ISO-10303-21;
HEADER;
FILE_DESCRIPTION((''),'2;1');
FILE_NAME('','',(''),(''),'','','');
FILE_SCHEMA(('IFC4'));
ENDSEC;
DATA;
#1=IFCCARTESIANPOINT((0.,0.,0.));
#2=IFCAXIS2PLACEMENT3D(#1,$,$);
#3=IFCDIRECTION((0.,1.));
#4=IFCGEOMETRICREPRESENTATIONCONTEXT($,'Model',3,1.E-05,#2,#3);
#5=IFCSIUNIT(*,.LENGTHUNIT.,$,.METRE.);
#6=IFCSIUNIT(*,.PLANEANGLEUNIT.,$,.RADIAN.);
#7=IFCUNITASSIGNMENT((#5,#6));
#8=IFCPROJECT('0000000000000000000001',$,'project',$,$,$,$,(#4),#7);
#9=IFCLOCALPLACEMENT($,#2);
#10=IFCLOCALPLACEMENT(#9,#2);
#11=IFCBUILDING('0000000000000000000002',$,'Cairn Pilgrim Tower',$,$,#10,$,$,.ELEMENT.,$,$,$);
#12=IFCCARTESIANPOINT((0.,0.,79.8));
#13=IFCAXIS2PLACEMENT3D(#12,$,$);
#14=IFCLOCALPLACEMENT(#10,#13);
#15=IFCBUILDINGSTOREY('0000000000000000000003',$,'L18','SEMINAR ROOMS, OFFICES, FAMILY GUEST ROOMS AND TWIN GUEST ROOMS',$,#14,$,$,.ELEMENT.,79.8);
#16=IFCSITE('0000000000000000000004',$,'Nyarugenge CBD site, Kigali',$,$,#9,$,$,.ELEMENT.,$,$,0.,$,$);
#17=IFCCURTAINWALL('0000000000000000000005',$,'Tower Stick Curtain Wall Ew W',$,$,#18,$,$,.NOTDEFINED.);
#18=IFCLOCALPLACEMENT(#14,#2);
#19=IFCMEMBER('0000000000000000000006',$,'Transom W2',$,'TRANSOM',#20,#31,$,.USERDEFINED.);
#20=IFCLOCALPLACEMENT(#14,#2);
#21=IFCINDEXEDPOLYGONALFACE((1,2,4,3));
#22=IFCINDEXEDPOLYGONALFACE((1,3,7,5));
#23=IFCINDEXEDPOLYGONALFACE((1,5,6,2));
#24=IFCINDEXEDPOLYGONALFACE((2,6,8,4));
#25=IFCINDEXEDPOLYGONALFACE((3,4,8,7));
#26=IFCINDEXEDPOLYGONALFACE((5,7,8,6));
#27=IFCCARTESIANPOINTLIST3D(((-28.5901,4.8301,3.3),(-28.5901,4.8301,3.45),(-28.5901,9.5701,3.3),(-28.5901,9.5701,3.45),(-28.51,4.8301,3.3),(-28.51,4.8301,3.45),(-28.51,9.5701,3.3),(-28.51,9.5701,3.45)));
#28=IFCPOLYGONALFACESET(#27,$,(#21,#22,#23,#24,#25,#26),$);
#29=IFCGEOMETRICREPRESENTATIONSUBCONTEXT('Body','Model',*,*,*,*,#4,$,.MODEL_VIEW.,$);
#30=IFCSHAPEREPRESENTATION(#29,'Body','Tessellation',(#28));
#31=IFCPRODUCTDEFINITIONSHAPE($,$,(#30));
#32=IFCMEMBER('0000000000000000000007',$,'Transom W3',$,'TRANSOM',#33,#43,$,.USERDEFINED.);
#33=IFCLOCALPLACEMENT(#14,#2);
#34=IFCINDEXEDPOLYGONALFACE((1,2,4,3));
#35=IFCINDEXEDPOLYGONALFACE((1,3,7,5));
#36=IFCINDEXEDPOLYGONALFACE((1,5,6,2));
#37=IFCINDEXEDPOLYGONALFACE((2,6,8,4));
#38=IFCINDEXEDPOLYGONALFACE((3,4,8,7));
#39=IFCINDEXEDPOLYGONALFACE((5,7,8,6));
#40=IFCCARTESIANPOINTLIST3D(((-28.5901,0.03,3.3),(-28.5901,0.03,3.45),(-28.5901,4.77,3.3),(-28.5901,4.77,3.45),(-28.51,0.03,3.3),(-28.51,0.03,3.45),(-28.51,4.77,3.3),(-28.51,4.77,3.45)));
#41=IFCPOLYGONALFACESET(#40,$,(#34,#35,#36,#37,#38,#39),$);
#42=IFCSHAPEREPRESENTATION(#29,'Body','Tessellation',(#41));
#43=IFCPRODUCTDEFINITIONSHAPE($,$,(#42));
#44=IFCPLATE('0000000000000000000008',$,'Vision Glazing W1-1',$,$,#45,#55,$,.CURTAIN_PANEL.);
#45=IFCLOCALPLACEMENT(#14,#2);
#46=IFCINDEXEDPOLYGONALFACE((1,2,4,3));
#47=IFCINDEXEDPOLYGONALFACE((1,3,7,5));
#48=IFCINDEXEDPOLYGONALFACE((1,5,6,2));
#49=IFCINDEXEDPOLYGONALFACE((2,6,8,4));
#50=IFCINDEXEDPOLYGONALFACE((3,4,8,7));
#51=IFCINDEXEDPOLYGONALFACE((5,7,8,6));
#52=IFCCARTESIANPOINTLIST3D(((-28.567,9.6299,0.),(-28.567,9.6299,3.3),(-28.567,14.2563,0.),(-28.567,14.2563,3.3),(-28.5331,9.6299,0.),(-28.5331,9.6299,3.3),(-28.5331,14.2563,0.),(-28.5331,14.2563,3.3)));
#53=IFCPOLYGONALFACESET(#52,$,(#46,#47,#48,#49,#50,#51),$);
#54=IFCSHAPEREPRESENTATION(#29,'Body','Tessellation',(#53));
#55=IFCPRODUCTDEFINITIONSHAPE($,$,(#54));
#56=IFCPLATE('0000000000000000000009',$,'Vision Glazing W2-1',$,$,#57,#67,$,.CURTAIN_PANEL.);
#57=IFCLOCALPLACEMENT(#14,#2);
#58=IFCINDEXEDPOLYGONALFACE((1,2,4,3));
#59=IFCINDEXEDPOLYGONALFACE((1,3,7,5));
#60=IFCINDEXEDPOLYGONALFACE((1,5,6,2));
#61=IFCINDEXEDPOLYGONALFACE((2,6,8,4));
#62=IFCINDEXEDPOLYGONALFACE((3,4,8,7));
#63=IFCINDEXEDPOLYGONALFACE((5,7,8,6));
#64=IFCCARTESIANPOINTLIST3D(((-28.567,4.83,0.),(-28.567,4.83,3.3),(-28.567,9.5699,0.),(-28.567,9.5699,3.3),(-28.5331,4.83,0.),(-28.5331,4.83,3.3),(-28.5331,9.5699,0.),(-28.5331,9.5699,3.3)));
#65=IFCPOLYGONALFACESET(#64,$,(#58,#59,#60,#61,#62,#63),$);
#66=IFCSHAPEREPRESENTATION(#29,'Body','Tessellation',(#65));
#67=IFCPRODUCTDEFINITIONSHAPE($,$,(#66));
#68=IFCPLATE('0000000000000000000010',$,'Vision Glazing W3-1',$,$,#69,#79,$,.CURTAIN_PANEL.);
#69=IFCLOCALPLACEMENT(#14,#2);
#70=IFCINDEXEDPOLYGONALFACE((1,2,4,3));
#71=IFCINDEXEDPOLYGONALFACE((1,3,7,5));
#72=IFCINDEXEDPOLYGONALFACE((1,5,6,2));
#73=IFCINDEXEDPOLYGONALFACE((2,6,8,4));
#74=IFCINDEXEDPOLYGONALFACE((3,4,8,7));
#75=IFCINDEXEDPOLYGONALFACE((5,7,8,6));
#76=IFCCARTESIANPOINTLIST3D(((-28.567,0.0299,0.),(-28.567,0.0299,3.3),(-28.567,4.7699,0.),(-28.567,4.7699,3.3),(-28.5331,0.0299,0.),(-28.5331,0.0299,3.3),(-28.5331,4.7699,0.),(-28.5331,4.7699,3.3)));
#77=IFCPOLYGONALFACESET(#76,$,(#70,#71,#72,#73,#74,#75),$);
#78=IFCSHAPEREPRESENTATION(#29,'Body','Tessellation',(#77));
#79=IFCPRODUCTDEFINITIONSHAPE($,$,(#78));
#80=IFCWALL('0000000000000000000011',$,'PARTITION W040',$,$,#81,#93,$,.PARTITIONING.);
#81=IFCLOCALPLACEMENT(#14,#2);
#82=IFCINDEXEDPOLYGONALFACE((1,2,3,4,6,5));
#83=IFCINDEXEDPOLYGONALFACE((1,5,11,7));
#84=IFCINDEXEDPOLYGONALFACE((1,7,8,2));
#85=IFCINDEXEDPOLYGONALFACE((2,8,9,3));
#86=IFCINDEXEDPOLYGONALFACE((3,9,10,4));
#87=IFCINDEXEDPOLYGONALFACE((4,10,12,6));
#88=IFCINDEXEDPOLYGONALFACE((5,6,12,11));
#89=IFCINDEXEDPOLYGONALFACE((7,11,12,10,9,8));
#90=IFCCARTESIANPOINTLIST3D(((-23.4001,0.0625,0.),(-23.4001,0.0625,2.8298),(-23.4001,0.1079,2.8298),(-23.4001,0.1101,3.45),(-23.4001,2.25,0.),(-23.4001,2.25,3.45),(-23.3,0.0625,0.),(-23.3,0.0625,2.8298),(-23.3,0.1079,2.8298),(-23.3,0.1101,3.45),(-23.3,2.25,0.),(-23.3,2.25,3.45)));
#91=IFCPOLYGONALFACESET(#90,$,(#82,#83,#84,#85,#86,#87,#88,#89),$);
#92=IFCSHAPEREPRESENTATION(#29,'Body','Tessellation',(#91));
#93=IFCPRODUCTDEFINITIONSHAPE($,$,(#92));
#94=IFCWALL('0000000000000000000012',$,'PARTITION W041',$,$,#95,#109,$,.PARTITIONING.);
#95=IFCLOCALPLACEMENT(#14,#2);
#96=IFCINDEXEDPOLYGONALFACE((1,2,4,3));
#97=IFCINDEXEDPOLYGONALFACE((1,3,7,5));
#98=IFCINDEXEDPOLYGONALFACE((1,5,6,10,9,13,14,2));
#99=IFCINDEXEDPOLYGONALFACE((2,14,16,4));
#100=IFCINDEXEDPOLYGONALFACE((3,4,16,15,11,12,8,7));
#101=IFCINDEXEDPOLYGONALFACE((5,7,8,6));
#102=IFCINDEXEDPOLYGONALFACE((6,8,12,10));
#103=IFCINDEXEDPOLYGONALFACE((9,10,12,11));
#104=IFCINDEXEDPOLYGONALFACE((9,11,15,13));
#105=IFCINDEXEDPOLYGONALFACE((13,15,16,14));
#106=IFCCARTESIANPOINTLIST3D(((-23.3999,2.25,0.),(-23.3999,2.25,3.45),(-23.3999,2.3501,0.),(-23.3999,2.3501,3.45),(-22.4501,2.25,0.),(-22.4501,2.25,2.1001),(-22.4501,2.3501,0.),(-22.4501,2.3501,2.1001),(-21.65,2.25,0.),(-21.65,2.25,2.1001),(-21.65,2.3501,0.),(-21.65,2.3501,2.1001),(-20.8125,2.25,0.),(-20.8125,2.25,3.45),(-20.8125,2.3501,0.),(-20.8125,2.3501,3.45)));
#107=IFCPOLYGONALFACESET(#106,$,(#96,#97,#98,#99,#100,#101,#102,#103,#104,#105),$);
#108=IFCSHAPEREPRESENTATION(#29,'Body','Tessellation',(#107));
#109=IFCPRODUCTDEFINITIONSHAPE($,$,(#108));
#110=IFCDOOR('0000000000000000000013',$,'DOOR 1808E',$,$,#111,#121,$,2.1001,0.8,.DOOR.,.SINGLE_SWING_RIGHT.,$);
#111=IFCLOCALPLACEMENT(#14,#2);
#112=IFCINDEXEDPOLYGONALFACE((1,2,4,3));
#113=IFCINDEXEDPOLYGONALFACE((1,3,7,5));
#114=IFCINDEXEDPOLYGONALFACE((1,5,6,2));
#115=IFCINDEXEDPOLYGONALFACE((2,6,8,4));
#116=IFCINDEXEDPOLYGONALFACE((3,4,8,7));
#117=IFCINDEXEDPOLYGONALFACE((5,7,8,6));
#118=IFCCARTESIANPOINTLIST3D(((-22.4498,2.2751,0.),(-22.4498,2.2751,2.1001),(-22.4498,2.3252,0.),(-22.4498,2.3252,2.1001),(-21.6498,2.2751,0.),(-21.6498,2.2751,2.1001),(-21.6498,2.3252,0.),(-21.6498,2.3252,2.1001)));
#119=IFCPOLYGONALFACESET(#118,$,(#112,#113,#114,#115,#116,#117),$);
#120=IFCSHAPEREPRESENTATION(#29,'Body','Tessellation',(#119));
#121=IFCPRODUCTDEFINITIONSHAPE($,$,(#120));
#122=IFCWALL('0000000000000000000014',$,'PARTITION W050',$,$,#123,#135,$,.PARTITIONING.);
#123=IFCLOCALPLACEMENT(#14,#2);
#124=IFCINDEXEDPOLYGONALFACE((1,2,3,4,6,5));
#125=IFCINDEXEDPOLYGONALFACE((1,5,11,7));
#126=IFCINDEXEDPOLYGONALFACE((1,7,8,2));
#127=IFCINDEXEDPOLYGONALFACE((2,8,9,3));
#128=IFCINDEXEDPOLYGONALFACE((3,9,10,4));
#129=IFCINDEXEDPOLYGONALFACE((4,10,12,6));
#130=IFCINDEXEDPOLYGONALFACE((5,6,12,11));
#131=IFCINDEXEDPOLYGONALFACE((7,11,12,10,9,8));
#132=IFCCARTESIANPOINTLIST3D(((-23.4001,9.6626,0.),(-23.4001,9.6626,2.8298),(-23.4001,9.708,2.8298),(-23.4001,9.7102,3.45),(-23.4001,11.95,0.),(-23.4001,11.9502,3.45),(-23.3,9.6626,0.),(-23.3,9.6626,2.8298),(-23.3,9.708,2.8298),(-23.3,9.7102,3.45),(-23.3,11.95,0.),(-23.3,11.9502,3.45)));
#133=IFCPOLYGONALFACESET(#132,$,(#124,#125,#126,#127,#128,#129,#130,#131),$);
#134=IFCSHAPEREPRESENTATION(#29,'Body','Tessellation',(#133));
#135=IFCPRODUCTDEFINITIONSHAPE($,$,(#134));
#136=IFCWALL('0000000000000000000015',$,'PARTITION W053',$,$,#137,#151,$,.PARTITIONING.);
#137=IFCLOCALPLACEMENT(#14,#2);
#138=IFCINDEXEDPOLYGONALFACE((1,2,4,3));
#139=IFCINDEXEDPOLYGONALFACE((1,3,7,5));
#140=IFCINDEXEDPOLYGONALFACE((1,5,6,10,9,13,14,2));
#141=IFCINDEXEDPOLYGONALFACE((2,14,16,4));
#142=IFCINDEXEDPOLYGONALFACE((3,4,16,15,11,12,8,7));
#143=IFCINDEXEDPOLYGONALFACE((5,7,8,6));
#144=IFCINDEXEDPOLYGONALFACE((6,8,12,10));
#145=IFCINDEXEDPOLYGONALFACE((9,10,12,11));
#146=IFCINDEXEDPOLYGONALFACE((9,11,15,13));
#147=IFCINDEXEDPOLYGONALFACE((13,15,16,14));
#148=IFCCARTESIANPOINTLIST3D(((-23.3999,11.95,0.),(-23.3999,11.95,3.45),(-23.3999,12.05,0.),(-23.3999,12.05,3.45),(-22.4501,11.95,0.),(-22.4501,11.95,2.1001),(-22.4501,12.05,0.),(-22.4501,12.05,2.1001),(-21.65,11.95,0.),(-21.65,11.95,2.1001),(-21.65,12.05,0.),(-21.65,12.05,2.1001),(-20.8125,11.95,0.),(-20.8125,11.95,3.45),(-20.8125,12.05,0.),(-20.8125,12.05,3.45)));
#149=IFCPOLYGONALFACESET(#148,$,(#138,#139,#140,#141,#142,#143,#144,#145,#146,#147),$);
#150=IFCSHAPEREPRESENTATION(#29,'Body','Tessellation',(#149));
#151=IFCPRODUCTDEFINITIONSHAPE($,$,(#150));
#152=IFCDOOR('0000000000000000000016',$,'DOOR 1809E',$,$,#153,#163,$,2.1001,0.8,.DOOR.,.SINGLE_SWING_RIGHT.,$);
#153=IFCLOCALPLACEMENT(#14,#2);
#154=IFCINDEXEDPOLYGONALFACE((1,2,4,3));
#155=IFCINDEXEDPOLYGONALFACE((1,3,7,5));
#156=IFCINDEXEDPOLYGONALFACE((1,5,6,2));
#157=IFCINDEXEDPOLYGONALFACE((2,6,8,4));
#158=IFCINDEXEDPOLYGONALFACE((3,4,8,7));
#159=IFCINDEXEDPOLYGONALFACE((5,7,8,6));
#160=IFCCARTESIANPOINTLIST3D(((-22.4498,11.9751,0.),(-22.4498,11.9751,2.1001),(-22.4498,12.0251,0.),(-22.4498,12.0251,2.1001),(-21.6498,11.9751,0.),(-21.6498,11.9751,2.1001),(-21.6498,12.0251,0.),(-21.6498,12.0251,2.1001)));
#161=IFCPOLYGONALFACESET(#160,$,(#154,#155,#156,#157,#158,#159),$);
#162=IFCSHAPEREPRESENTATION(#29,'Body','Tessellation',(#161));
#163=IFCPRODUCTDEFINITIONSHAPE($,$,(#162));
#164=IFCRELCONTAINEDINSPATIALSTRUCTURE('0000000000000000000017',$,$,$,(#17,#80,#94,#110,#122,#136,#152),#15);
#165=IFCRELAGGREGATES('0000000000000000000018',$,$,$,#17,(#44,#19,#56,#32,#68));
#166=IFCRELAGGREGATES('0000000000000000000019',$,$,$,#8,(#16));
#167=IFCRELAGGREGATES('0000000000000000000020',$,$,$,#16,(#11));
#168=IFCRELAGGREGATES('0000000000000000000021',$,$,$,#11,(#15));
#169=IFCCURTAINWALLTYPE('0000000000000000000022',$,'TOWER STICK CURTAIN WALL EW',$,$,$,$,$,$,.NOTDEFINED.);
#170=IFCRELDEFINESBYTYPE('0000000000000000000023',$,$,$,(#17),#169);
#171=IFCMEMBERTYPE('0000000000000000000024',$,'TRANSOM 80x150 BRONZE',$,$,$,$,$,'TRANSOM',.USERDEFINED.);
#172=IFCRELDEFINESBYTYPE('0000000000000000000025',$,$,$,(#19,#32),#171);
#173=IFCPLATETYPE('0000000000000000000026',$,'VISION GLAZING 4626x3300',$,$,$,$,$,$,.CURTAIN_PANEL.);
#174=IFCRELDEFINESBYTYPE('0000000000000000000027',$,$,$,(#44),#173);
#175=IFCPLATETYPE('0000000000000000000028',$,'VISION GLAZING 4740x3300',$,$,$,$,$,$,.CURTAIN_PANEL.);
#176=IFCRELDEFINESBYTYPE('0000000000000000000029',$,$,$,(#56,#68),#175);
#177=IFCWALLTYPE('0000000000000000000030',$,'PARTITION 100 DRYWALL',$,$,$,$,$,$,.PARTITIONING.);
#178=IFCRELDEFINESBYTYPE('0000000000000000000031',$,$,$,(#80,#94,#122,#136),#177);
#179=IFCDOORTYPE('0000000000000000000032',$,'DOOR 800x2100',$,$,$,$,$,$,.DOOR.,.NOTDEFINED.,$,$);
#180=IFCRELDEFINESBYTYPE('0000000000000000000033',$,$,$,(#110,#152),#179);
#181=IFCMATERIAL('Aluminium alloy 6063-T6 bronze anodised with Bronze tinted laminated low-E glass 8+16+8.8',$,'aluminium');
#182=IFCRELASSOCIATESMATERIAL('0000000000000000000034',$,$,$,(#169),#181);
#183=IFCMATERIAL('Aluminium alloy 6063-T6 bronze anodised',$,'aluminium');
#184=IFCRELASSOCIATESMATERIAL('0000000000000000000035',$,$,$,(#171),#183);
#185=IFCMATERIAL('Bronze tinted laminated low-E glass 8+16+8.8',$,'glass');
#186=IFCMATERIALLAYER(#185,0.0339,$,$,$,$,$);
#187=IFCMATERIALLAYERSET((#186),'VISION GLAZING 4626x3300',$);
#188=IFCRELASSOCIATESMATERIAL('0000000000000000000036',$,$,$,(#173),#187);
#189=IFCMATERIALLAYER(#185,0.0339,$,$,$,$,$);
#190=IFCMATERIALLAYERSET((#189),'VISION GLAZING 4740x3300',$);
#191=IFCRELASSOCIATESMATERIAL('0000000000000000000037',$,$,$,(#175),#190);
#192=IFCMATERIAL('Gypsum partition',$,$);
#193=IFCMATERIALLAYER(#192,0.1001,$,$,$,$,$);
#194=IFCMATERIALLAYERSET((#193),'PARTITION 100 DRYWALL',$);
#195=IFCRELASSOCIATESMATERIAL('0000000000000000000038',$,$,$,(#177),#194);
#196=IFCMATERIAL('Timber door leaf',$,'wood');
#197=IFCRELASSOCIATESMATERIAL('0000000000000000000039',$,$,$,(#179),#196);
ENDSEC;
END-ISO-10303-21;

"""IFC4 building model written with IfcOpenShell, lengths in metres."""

from ifc_helpers import new_model, si_unit, direction, frame, frame_2d, origin, origin_2d, place, context, subcontext, project, spatial, polyline, rectangle, outline, extrude, material, layer, layer_set, material_profile, profile_set, type_object, element, fill, aggregate, save


model = new_model("IFC4")

# Units and contexts
model_context = context("Model", 3, precision=1e-05, world=origin(), true_north=direction((0.0, 1.0)))
body_context = subcontext(model_context, "Body", "Model", "MODEL_VIEW")
ifc_project = project(units=[si_unit("LENGTHUNIT", "METRE"), si_unit("PLANEANGLEUNIT", "RADIAN")], contexts=[model_context])

# Site, building, storey
site_placement = place(None, origin())
site = spatial("IfcSite", under=ifc_project, at=site_placement, Name="Nyarugenge CBD site, Kigali", CompositionType="ELEMENT", RefElevation=0.0)
building_placement = place(site_placement, origin())
building = spatial("IfcBuilding", under=site, at=building_placement, Name="Cairn Pilgrim Tower", CompositionType="ELEMENT")
storey_placement = place(building_placement, frame((0.0, 0.0, 79.8)))
storey = spatial("IfcBuildingStorey", under=building, at=storey_placement, Name="L18", Description="SEMINAR ROOMS, OFFICES, FAMILY GUEST ROOMS AND TWIN GUEST ROOMS", CompositionType="ELEMENT", Elevation=79.8)

# Curtain wall
ifc_material_1 = material(Name="Aluminium alloy 6063-T6 bronze anodised with Bronze tinted laminated low-E glass 8+16+8.8", Category="aluminium")
curtain_wall_type = type_object("IfcCurtainWallType", Name="TOWER STICK CURTAIN WALL EW", PredefinedType="NOTDEFINED", material=ifc_material_1)
curtain_wall_placement = place(storey_placement, origin())
curtain_wall = element("IfcCurtainWall", 1, at=curtain_wall_placement, inside=storey, type_object=curtain_wall_type, Name="Tower Stick Curtain Wall Ew W", PredefinedType="NOTDEFINED")
ifc_material_2 = material(Name="Aluminium alloy 6063-T6 bronze anodised", Category="aluminium")

# Members
ifc_material_profile_1 = material_profile(ifc_material_2, rectangle(XDim=0.0801, YDim=0.1499, at=origin_2d()), Name="TRANSOM 80x150 BRONZE")
ifc_profile_set_1 = profile_set([ifc_material_profile_1], Name="Aluminium alloy 6063-T6 bronze anodised")
member_type_1 = type_object("IfcMemberType", Name="TRANSOM 80x150 BRONZE", ElementType="TRANSOM", PredefinedType="USERDEFINED", material=ifc_profile_set_1)
member_1_placement = place(storey_placement, frame((-28.55, 9.5701, 3.375), z_axis=(0.0, -1.0, 0.0), x_axis=(1.0, 0.0, 0.0)))
member_1 = element("IfcMember", 2, at=member_1_placement, type_object=member_type_1, Name="Transom W2", ObjectType="TRANSOM", PredefinedType="USERDEFINED", context=body_context, shape_type="SweptSolid", body=[
    extrude(rectangle(XDim=0.0801, YDim=0.1499, at=origin_2d()), origin(), (0.0, 0.0, 1.0), 4.74),
])
member_2_placement = place(storey_placement, frame((-28.55, 4.77, 3.375), z_axis=(0.0, -1.0, 0.0), x_axis=(1.0, 0.0, 0.0)))
member_2 = element("IfcMember", 3, at=member_2_placement, type_object=member_type_1, Name="Transom W3", ObjectType="TRANSOM", PredefinedType="USERDEFINED", context=body_context, shape_type="SweptSolid", body=[
    extrude(rectangle(XDim=0.0801, YDim=0.1499, at=origin_2d()), origin(), (0.0, 0.0, 1.0), 4.74),
])

# Plates
ifc_material_3 = material(Name="Bronze tinted laminated low-E glass 8+16+8.8", Category="glass")
ifc_layer_1 = layer(ifc_material_3, 0.0339)
ifc_layer_set_1 = layer_set([ifc_layer_1], Name="VISION GLAZING 4626x3300")
plate_type_1 = type_object("IfcPlateType", Name="VISION GLAZING 4626x3300", PredefinedType="CURTAIN_PANEL", material=ifc_layer_set_1)
plate_1_placement = place(storey_placement, frame((-28.55, 11.9431, 0.0), z_axis=(0.0, 0.0, 1.0), x_axis=(0.0, -1.0, 0.0)))
plate_1 = element("IfcPlate", 4, at=plate_1_placement, type_object=plate_type_1, Name="Vision Glazing W1-1", PredefinedType="CURTAIN_PANEL", context=body_context, shape_type="SweptSolid", body=[
    extrude(rectangle(XDim=4.6265, YDim=0.0339, at=origin_2d()), origin(), (0.0, 0.0, 1.0), 3.3),
])
ifc_layer_2 = layer(ifc_material_3, 0.0339)
ifc_layer_set_2 = layer_set([ifc_layer_2], Name="VISION GLAZING 4740x3300")
plate_type_2 = type_object("IfcPlateType", Name="VISION GLAZING 4740x3300", PredefinedType="CURTAIN_PANEL", material=ifc_layer_set_2)
plate_2_placement = place(storey_placement, frame((-28.55, 7.2, 0.0), z_axis=(0.0, 0.0, 1.0), x_axis=(0.0, -1.0, 0.0)))
plate_2 = element("IfcPlate", 5, at=plate_2_placement, type_object=plate_type_2, Name="Vision Glazing W2-1", PredefinedType="CURTAIN_PANEL", context=body_context, shape_type="SweptSolid", body=[
    extrude(rectangle(XDim=4.74, YDim=0.0339, at=origin_2d()), origin(), (0.0, 0.0, 1.0), 3.3),
])
plate_3_placement = place(storey_placement, frame((-28.55, 2.3999, 0.0), z_axis=(0.0, 0.0, 1.0), x_axis=(0.0, -1.0, 0.0)))
plate_3 = element("IfcPlate", 6, at=plate_3_placement, type_object=plate_type_2, Name="Vision Glazing W3-1", PredefinedType="CURTAIN_PANEL", context=body_context, shape_type="SweptSolid", body=[
    extrude(rectangle(XDim=4.74, YDim=0.0339, at=origin_2d()), origin(), (0.0, 0.0, 1.0), 3.3),
])
aggregate(curtain_wall, [plate_1, member_1, plate_2, member_2, plate_3])

# Wall
ifc_material_4 = material(Name="Gypsum partition")
ifc_layer_3 = layer(ifc_material_4, 0.1001)
ifc_layer_set_3 = layer_set([ifc_layer_3], Name="PARTITION 100 DRYWALL")
wall_type_1 = type_object("IfcWallType", Name="PARTITION 100 DRYWALL", PredefinedType="PARTITIONING", material=ifc_layer_set_3)
wall_1_placement = place(storey_placement, frame((-23.3501, 0.0625, 0.0), z_axis=(0.0, 0.0, 1.0), x_axis=(0.0, 1.0, 0.0)))
element("IfcWall", 7, at=wall_1_placement, inside=storey, type_object=wall_type_1, Name="PARTITION W040", PredefinedType="PARTITIONING", context=body_context, shape_type="SweptSolid", body=[
    extrude(outline(polyline([(0.0, 0.0), (2.1875, 0.0), (2.1875, 3.45), (0.0476, 3.45), (0.0454, 2.8298), (0.0, 2.8298), (0.0, 0.0)])), frame((0.0, 0.05, 0.0), z_axis=(0.0, -1.0, 0.0), x_axis=(1.0, 0.0, 0.0)), (0.0, 0.0, 1.0), 0.1001),
])

# Wall, opening, door
wall_2_placement = place(storey_placement, frame((-23.3999, 2.3, 0.0), z_axis=(0.0, 0.0, 1.0), x_axis=(1.0, 0.0, 0.0)))
wall_2 = element("IfcWall", 8, at=wall_2_placement, inside=storey, type_object=wall_type_1, Name="PARTITION W041", PredefinedType="PARTITIONING", context=body_context, shape_type="SweptSolid", body=[
    extrude(rectangle(XDim=2.5874, YDim=0.1001, at=frame_2d((1.2937, 0.0))), origin(), (0.0, 0.0, 1.0), 3.45),
])
opening_1_placement = place(wall_2_placement, frame((0.95, 0.0, 0.0)))
opening_1 = element("IfcOpeningElement", 9, at=opening_1_placement, cuts=wall_2, PredefinedType="OPENING", context=body_context, shape_type="SweptSolid", body=[
    extrude(rectangle(XDim=0.8, YDim=2.1001, at=frame_2d((0.3999, 1.05))), frame((0.0, 0.0601, 0.0), z_axis=(0.0, -1.0, 0.0), x_axis=(1.0, 0.0, 0.0)), (0.0, 0.0, 1.0), 0.1201),
])
ifc_material_5 = material(Name="Timber door leaf", Category="wood")
door_type_1 = type_object("IfcDoorType", Name="DOOR 800x2100", OperationType="NOTDEFINED", PredefinedType="DOOR", material=ifc_material_5)
door_1_placement = place(opening_1_placement, frame((0.8, 0.0, 0.0), z_axis=(0.0, 0.0, 1.0), x_axis=(-1.0, 0.0, 0.0)))
door_1 = element("IfcDoor", 10, at=door_1_placement, inside=storey, type_object=door_type_1, Name="DOOR 1808E", OperationType="SINGLE_SWING_RIGHT", OverallHeight=2.1001, OverallWidth=0.8, PredefinedType="DOOR", context=body_context, shape_type="SweptSolid", body=[
    extrude(rectangle(XDim=0.8, YDim=2.1001, at=frame_2d((0.3999, 1.05))), frame((0.0, 0.0249, 0.0), z_axis=(0.0, -1.0, 0.0), x_axis=(1.0, 0.0, 0.0)), (0.0, 0.0, 1.0), 0.05),
])
fill(opening_1, door_1)

# Wall
wall_3_placement = place(storey_placement, frame((-23.3501, 9.6626, 0.0), z_axis=(0.0, 0.0, 1.0), x_axis=(0.0, 1.0, 0.0)))
element("IfcWall", 11, at=wall_3_placement, inside=storey, type_object=wall_type_1, Name="PARTITION W050", PredefinedType="PARTITIONING", context=body_context, shape_type="SweptSolid", body=[
    extrude(outline(polyline([(0.0, 0.0), (2.2874, 0.0), (2.2876, 3.45), (0.0476, 3.45), (0.0454, 2.8298), (0.0, 2.8298), (0.0, 0.0)])), frame((0.0, 0.05, 0.0), z_axis=(0.0, -1.0, 0.0), x_axis=(1.0, 0.0, 0.0)), (0.0, 0.0, 1.0), 0.1001),
])

# Wall, opening, door
wall_4_placement = place(storey_placement, frame((-23.3999, 12.0, 0.0), z_axis=(0.0, 0.0, 1.0), x_axis=(1.0, 0.0, 0.0)))
wall_4 = element("IfcWall", 12, at=wall_4_placement, inside=storey, type_object=wall_type_1, Name="PARTITION W053", PredefinedType="PARTITIONING", context=body_context, shape_type="SweptSolid", body=[
    extrude(rectangle(XDim=2.5874, YDim=0.1001, at=frame_2d((1.2937, 0.0))), origin(), (0.0, 0.0, 1.0), 3.45),
])
opening_2_placement = place(wall_4_placement, frame((0.95, 0.0, 0.0)))
opening_2 = element("IfcOpeningElement", 13, at=opening_2_placement, cuts=wall_4, PredefinedType="OPENING", context=body_context, shape_type="SweptSolid", body=[
    extrude(rectangle(XDim=0.8, YDim=2.1001, at=frame_2d((0.3999, 1.05))), frame((0.0, 0.0601, 0.0), z_axis=(0.0, -1.0, 0.0), x_axis=(1.0, 0.0, 0.0)), (0.0, 0.0, 1.0), 0.1201),
])
door_2_placement = place(opening_2_placement, frame((0.8, 0.0, 0.0), z_axis=(0.0, 0.0, 1.0), x_axis=(-1.0, 0.0, 0.0)))
door_2 = element("IfcDoor", 14, at=door_2_placement, inside=storey, type_object=door_type_1, Name="DOOR 1809E", OperationType="SINGLE_SWING_RIGHT", OverallHeight=2.1001, OverallWidth=0.8, PredefinedType="DOOR", context=body_context, shape_type="SweptSolid", body=[
    extrude(rectangle(XDim=0.8, YDim=2.1001, at=frame_2d((0.3999, 1.05))), frame((0.0, 0.0249, 0.0), z_axis=(0.0, -1.0, 0.0), x_axis=(1.0, 0.0, 0.0)), (0.0, 0.0, 1.0), 0.05),
])
fill(opening_2, door_2)

save(model, "model.ifc")
